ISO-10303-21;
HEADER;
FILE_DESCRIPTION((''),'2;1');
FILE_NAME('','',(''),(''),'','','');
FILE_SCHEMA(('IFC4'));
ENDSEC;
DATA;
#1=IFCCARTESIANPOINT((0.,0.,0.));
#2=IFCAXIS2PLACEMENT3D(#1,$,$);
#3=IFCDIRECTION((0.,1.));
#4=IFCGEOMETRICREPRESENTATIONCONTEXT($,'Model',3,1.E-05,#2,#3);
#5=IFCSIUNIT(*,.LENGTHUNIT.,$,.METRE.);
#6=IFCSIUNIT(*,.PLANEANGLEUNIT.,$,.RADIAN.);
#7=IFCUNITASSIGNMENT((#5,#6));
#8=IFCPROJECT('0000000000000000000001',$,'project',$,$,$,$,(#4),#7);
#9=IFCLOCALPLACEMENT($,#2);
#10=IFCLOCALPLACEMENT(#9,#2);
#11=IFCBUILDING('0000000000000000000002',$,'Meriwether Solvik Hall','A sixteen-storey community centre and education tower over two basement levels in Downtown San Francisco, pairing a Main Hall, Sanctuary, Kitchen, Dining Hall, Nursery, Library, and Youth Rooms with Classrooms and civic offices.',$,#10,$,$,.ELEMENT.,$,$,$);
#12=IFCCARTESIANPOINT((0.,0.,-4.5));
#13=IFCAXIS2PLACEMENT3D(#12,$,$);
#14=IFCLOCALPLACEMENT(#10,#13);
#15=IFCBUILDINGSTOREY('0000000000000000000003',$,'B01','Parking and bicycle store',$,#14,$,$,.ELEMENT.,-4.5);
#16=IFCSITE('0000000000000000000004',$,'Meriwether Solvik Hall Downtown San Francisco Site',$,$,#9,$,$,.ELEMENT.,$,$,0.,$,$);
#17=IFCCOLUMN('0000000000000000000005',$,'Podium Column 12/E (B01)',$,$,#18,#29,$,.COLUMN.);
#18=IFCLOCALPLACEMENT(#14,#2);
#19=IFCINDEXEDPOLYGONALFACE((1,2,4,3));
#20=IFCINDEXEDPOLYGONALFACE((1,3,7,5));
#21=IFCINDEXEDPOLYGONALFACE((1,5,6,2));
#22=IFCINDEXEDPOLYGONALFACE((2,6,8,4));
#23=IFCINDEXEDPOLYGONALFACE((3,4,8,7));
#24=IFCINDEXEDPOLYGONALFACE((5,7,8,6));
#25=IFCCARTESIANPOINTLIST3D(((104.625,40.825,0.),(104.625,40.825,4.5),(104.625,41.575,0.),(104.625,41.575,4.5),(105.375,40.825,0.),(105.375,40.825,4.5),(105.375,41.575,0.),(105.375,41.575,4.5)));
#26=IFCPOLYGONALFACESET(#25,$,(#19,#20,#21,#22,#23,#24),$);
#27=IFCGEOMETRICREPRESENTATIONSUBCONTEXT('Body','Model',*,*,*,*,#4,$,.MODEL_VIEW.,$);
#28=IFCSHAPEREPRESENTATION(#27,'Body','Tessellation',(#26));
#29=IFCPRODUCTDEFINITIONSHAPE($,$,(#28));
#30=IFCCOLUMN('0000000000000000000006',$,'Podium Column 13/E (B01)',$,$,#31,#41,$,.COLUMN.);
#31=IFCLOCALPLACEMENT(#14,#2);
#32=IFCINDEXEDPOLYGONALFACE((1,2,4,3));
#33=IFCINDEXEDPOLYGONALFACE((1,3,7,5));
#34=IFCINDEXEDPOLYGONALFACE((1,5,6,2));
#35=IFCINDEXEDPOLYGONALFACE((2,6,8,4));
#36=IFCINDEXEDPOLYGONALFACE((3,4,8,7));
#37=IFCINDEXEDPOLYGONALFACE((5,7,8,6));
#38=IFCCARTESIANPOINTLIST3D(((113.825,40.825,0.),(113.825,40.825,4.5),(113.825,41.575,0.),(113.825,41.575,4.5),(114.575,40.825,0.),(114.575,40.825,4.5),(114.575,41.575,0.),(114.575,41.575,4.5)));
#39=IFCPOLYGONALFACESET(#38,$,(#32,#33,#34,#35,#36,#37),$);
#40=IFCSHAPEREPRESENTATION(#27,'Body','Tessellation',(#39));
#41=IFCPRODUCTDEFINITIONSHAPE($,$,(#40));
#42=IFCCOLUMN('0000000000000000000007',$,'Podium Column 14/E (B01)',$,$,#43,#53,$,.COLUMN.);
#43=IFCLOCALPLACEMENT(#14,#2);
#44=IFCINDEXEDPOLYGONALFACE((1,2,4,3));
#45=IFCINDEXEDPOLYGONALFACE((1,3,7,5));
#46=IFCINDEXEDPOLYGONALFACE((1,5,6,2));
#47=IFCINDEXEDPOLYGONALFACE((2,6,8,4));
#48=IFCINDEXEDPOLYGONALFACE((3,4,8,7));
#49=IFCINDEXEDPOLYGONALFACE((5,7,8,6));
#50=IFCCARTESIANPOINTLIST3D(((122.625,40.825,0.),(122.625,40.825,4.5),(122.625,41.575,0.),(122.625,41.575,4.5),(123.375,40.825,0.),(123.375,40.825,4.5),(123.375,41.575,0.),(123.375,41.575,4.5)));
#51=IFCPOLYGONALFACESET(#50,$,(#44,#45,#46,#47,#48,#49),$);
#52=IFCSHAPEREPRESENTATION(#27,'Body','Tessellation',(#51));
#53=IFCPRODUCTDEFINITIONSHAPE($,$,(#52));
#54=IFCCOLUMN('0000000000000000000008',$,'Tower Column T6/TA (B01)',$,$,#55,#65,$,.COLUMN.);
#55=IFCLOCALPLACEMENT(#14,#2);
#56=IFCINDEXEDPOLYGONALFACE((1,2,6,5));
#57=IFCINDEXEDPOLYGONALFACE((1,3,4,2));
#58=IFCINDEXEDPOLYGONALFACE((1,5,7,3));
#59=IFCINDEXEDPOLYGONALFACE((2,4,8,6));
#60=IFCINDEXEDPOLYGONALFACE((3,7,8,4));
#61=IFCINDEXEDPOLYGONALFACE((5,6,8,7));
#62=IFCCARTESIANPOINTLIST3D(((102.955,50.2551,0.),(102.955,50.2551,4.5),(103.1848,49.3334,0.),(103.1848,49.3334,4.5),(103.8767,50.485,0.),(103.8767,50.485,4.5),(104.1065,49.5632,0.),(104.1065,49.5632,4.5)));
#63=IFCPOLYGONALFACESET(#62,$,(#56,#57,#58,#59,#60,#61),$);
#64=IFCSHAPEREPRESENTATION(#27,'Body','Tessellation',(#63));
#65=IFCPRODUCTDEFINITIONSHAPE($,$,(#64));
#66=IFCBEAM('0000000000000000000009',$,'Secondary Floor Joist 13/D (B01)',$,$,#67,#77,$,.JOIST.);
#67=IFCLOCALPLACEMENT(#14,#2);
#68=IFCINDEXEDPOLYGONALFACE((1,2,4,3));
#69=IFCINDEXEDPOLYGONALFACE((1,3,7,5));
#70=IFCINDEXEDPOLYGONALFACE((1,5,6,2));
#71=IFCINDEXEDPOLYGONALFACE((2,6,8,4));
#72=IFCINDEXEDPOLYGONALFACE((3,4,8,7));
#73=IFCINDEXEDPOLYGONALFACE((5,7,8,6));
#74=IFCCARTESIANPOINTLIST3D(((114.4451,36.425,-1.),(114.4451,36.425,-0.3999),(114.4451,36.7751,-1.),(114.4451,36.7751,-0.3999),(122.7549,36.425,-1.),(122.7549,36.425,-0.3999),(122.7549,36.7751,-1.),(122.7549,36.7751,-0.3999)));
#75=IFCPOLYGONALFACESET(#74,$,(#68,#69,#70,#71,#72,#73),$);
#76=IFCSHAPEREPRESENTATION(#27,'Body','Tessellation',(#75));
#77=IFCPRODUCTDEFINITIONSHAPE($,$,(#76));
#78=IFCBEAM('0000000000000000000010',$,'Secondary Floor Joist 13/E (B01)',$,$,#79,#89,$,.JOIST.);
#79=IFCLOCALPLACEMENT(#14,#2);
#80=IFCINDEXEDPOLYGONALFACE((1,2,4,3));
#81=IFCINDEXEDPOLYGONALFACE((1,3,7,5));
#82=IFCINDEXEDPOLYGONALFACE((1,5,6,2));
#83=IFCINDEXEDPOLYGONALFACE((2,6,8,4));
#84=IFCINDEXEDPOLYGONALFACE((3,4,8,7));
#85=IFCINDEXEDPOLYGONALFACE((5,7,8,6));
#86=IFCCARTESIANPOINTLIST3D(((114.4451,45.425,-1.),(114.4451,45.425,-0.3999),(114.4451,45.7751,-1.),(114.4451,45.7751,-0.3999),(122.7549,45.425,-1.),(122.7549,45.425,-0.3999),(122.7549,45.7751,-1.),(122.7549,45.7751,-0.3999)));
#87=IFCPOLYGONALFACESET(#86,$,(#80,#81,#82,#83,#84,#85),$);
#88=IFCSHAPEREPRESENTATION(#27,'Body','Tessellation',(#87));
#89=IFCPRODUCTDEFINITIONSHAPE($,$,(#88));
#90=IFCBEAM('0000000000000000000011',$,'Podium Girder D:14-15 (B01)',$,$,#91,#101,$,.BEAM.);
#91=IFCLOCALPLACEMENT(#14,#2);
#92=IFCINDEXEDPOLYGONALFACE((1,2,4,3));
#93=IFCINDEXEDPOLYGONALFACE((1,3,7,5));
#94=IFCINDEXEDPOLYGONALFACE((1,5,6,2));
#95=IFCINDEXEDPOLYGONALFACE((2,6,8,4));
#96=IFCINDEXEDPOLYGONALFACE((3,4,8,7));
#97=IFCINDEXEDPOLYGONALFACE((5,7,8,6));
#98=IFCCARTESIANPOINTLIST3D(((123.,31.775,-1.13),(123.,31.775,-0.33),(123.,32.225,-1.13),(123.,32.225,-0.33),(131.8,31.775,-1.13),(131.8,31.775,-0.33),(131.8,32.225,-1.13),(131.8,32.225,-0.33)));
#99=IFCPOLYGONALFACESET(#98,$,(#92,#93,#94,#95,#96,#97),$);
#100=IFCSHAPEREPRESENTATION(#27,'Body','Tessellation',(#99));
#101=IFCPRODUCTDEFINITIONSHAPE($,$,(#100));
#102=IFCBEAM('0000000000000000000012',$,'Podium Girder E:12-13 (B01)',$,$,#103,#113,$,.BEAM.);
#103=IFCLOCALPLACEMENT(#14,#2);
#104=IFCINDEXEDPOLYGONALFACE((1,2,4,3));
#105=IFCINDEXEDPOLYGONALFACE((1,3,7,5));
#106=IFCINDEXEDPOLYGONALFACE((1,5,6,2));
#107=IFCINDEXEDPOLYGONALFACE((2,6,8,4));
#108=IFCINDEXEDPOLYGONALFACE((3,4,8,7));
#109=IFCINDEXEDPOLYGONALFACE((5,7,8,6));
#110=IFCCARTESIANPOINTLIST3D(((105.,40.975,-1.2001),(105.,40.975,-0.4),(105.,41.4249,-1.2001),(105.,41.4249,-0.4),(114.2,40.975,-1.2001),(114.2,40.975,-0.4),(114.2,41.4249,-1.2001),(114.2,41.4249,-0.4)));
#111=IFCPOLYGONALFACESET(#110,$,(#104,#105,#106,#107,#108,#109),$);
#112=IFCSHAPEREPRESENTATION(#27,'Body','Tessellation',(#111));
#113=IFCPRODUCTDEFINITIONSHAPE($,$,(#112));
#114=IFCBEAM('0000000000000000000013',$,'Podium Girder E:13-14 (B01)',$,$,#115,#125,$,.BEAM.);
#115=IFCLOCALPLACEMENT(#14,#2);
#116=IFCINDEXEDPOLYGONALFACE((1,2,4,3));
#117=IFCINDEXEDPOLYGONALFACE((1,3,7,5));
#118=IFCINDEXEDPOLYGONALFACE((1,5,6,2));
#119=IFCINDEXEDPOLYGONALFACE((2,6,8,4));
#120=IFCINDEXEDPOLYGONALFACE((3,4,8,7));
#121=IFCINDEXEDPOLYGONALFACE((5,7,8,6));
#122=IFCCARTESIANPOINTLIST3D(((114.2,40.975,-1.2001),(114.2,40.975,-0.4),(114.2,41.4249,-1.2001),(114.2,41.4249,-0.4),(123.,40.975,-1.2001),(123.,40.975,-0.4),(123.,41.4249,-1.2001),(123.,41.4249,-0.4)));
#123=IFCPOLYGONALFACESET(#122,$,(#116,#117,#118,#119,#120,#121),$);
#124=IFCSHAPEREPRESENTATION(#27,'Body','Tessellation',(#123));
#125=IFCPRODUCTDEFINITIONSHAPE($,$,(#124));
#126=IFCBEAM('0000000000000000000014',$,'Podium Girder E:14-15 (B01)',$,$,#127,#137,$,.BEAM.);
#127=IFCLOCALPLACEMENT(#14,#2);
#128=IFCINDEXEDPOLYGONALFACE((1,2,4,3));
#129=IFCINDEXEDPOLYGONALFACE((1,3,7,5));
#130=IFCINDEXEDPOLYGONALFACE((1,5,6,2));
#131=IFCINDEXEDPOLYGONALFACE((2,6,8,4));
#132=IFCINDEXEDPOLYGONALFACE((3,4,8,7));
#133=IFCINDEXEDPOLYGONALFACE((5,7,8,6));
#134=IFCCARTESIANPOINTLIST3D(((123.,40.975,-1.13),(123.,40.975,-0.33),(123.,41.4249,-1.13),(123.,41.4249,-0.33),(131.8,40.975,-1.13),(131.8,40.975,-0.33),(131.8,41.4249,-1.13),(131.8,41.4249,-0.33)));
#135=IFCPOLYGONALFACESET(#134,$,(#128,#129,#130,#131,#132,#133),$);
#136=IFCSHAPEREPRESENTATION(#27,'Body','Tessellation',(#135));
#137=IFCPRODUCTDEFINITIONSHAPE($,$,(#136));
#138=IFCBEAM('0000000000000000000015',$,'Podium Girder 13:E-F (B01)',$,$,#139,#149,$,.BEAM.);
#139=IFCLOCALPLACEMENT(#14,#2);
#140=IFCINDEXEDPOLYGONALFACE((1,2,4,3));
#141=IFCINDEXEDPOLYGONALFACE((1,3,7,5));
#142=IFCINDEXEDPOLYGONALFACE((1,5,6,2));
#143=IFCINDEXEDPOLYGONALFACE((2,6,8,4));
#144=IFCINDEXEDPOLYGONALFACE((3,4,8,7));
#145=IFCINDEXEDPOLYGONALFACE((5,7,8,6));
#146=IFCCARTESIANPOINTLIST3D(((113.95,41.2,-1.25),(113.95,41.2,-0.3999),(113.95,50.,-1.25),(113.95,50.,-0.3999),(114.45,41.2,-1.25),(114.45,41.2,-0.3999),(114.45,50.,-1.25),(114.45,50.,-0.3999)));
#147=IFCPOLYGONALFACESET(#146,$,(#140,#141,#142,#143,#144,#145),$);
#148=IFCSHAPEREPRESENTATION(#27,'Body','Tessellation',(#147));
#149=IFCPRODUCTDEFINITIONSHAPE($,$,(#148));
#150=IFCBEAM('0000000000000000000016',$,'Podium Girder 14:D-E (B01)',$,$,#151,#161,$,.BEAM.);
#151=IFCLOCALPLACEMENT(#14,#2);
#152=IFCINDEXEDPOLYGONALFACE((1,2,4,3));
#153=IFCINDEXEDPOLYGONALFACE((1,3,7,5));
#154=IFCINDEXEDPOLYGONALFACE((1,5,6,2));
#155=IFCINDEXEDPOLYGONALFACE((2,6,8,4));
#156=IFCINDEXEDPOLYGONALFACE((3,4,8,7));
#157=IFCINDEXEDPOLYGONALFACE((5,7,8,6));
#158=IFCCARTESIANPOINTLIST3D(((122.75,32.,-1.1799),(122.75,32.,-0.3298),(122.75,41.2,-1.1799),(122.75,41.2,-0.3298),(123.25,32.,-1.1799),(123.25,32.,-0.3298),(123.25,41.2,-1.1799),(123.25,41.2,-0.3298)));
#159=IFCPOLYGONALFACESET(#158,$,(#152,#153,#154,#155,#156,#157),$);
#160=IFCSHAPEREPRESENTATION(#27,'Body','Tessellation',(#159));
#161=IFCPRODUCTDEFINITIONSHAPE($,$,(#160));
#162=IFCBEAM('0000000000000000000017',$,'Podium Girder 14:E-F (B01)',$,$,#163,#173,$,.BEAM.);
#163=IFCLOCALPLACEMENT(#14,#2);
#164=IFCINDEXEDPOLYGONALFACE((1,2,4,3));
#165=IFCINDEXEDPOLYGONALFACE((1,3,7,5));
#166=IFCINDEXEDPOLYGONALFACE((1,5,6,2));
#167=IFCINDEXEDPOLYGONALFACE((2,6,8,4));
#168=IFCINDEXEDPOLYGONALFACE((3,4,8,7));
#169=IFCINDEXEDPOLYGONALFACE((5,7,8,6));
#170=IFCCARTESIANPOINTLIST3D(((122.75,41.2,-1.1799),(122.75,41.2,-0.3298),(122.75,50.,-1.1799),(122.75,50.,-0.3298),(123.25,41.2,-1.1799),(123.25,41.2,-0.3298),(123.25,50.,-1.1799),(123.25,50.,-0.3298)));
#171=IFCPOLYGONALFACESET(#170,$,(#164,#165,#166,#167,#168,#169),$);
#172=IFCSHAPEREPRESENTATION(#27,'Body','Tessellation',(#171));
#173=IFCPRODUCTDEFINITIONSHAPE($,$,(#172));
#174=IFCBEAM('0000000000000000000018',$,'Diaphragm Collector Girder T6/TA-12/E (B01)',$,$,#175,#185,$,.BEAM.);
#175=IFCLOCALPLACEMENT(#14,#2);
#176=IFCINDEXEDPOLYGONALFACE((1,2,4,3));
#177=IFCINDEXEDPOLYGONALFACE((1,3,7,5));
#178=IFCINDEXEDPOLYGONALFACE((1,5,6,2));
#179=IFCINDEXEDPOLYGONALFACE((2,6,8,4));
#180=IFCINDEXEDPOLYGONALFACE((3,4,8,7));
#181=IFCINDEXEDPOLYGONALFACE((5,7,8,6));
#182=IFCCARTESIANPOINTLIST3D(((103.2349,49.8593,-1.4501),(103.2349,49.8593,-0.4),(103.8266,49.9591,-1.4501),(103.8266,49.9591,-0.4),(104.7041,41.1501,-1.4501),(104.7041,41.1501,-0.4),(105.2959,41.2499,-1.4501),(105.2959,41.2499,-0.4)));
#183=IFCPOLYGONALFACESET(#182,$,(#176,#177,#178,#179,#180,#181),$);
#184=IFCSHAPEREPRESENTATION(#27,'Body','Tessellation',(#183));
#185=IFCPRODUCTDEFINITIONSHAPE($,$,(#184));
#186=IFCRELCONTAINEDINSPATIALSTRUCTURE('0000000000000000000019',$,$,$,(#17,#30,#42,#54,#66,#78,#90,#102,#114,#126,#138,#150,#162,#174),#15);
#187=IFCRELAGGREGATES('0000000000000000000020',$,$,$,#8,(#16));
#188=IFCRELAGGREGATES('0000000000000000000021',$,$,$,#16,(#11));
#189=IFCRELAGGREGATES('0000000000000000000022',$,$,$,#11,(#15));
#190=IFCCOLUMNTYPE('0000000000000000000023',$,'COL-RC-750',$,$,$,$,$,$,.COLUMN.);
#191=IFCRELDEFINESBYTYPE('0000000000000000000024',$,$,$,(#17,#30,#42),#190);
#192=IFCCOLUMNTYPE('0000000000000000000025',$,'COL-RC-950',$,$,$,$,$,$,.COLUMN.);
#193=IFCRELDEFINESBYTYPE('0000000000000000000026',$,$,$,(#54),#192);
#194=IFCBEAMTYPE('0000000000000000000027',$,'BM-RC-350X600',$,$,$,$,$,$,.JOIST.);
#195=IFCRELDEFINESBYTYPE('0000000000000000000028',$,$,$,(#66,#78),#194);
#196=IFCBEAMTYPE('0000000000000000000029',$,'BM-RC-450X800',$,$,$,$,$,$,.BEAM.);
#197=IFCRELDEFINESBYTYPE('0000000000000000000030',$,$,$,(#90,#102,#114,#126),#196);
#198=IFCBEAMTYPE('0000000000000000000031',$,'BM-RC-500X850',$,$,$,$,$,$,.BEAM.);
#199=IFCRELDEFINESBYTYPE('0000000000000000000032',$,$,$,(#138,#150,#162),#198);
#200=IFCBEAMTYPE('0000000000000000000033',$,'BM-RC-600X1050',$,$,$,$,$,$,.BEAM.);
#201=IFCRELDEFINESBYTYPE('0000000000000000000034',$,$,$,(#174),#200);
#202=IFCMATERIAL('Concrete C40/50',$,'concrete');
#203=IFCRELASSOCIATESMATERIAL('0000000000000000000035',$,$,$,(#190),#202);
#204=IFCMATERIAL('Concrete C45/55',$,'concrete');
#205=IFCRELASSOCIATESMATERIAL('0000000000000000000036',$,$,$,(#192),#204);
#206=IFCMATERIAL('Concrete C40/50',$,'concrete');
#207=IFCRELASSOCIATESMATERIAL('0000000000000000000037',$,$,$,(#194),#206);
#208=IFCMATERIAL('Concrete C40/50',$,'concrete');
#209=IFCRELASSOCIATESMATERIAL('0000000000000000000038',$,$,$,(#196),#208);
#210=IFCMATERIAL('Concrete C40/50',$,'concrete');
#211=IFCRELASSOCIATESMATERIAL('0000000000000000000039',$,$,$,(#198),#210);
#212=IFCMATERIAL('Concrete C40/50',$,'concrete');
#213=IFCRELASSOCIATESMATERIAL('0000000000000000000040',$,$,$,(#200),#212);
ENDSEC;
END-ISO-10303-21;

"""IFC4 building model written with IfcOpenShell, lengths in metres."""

from ifc_helpers import new_model, si_unit, direction, frame, origin, origin_2d, place, context, subcontext, project, spatial, rectangle, extrude, material, material_profile, profile_set, type_object, element, save


model = new_model("IFC4")

# Units and contexts
model_context = context("Model", 3, precision=1e-05, world=origin(), true_north=direction((0.0, 1.0)))
body_context = subcontext(model_context, "Body", "Model", "MODEL_VIEW")
ifc_project = project(units=[si_unit("LENGTHUNIT", "METRE"), si_unit("PLANEANGLEUNIT", "RADIAN")], contexts=[model_context])

# Site, building, storey
site_placement = place(None, origin())
site = spatial("IfcSite", under=ifc_project, at=site_placement, Name="Meriwether Solvik Hall Downtown San Francisco Site", CompositionType="ELEMENT", RefElevation=0.0)
building_placement = place(site_placement, origin())
building = spatial("IfcBuilding", under=site, at=building_placement, Name="Meriwether Solvik Hall", Description="A sixteen-storey community centre and education tower over two basement levels in Downtown San Francisco, pairing a Main Hall, Sanctuary, Kitchen, Dining Hall, Nursery, Library, and Youth Rooms with Classrooms and civic offices.", CompositionType="ELEMENT")
storey_placement = place(building_placement, frame((0.0, 0.0, -4.5)))
storey = spatial("IfcBuildingStorey", under=building, at=storey_placement, Name="B01", Description="Parking and bicycle store", CompositionType="ELEMENT", Elevation=-4.5)

# Columns
ifc_material_1 = material(Name="Concrete C40/50", Category="concrete")
ifc_material_profile_1 = material_profile(ifc_material_1, rectangle(XDim=0.75, YDim=0.75, at=origin_2d()), Name="RCC-750X750")
ifc_profile_set_1 = profile_set([ifc_material_profile_1], Name="Concrete C40/50")
column_type_1 = type_object("IfcColumnType", Name="COL-RC-750", PredefinedType="COLUMN", material=ifc_profile_set_1)
for number, where, z_axis, x_axis, name in (
    (1, (105.0, 41.2, 0.0), (0.0, 0.0, 1.0), (1.0, 0.0, 0.0), "Podium Column 12/E (B01)"),
    (2, (114.2, 41.2, 0.0), (0.0, 0.0, 1.0), (1.0, 0.0, 0.0), "Podium Column 13/E (B01)"),
    (3, (123.0, 41.2, 0.0), (0.0, 0.0, 1.0), (1.0, 0.0, 0.0), "Podium Column 14/E (B01)"),
):
    element("IfcColumn", number, at=place(storey_placement, frame(where, z_axis=z_axis, x_axis=x_axis)), inside=storey, type_object=column_type_1, Name=name, PredefinedType="COLUMN", context=body_context, shape_type="SweptSolid", body=[
        extrude(rectangle(XDim=0.75, YDim=0.75, at=origin_2d()), origin(), (0.0, 0.0, 1.0), 4.5),
    ])
ifc_material_2 = material(Name="Concrete C45/55", Category="concrete")
ifc_material_profile_2 = material_profile(ifc_material_2, rectangle(XDim=0.95, YDim=0.95, at=origin_2d()), Name="RCC-950X950")
ifc_profile_set_2 = profile_set([ifc_material_profile_2], Name="Concrete C45/55")
column_type_2 = type_object("IfcColumnType", Name="COL-RC-950", PredefinedType="COLUMN", material=ifc_profile_set_2)
column_placement = place(storey_placement, frame((103.5308, 49.9092, 0.0), z_axis=(0.0, 0.0, 1.0), x_axis=(0.970296, 0.241922, 0.0)))
element("IfcColumn", 4, at=column_placement, inside=storey, type_object=column_type_2, Name="Tower Column T6/TA (B01)", PredefinedType="COLUMN", context=body_context, shape_type="SweptSolid", body=[
    extrude(rectangle(XDim=0.95, YDim=0.95, at=origin_2d()), origin(), (0.0, 0.0, 1.0), 4.5),
])

# Beams
ifc_material_3 = material(Name="Concrete C40/50", Category="concrete")
ifc_material_profile_3 = material_profile(ifc_material_3, rectangle(XDim=0.3501, YDim=0.6001, at=origin_2d()), Name="RCB-350X600")
ifc_profile_set_3 = profile_set([ifc_material_profile_3], Name="Concrete C40/50")
beam_type_1 = type_object("IfcBeamType", Name="BM-RC-350X600", PredefinedType="JOIST", material=ifc_profile_set_3)
for number, where, z_axis, x_axis, name in (
    (5, (114.4451, 36.6001, -0.7), (1.0, 0.0, 0.0), (0.0, 1.0, 0.0), "Secondary Floor Joist 13/D (B01)"),
    (6, (114.4451, 45.6001, -0.7), (1.0, 0.0, 0.0), (0.0, 1.0, 0.0), "Secondary Floor Joist 13/E (B01)"),
):
    element("IfcBeam", number, at=place(storey_placement, frame(where, z_axis=z_axis, x_axis=x_axis)), inside=storey, type_object=beam_type_1, Name=name, PredefinedType="JOIST", context=body_context, shape_type="SweptSolid", body=[
        extrude(rectangle(XDim=0.3501, YDim=0.6001, at=origin_2d()), origin(), (0.0, 0.0, 1.0), 8.3098),
    ])
ifc_material_4 = material(Name="Concrete C40/50", Category="concrete")
ifc_material_profile_4 = material_profile(ifc_material_4, rectangle(XDim=0.45, YDim=0.8, at=origin_2d()), Name="RCB-450X800")
ifc_profile_set_4 = profile_set([ifc_material_profile_4], Name="Concrete C40/50")
beam_type_2 = type_object("IfcBeamType", Name="BM-RC-450X800", PredefinedType="BEAM", material=ifc_profile_set_4)
beam_1_placement = place(storey_placement, frame((123.0, 32.0, -0.73), z_axis=(1.0, 0.0, 0.0), x_axis=(0.0, 1.0, 0.0)))
element("IfcBeam", 7, at=beam_1_placement, inside=storey, type_object=beam_type_2, Name="Podium Girder D:14-15 (B01)", PredefinedType="BEAM", context=body_context, shape_type="SweptSolid", body=[
    extrude(rectangle(XDim=0.45, YDim=0.8, at=origin_2d()), origin(), (0.0, 0.0, 1.0), 8.8),
])
beam_2_placement = place(storey_placement, frame((105.0, 41.2, -0.8), z_axis=(1.0, 0.0, 0.0), x_axis=(0.0, 1.0, 0.0)))
element("IfcBeam", 8, at=beam_2_placement, inside=storey, type_object=beam_type_2, Name="Podium Girder E:12-13 (B01)", PredefinedType="BEAM", context=body_context, shape_type="SweptSolid", body=[
    extrude(rectangle(XDim=0.45, YDim=0.8, at=origin_2d()), origin(), (0.0, 0.0, 1.0), 9.2),
])
for number, where, z_axis, x_axis, name in (
    (9, (114.2, 41.2, -0.8), (1.0, 0.0, 0.0), (0.0, 1.0, 0.0), "Podium Girder E:13-14 (B01)"),
    (10, (123.0, 41.2, -0.73), (1.0, 0.0, 0.0), (0.0, 1.0, 0.0), "Podium Girder E:14-15 (B01)"),
):
    element("IfcBeam", number, at=place(storey_placement, frame(where, z_axis=z_axis, x_axis=x_axis)), inside=storey, type_object=beam_type_2, Name=name, PredefinedType="BEAM", context=body_context, shape_type="SweptSolid", body=[
        extrude(rectangle(XDim=0.45, YDim=0.8, at=origin_2d()), origin(), (0.0, 0.0, 1.0), 8.8),
    ])
ifc_material_5 = material(Name="Concrete C40/50", Category="concrete")
ifc_material_profile_5 = material_profile(ifc_material_5, rectangle(XDim=0.5, YDim=0.8501, at=origin_2d()), Name="RCB-500X850")
ifc_profile_set_5 = profile_set([ifc_material_profile_5], Name="Concrete C40/50")
beam_type_3 = type_object("IfcBeamType", Name="BM-RC-500X850", PredefinedType="BEAM", material=ifc_profile_set_5)
beam_3_placement = place(storey_placement, frame((114.2, 41.2, -0.825), z_axis=(0.0, 1.0, 0.0), x_axis=(-1.0, 0.0, 0.0)))
element("IfcBeam", 11, at=beam_3_placement, inside=storey, type_object=beam_type_3, Name="Podium Girder 13:E-F (B01)", PredefinedType="BEAM", context=body_context, shape_type="SweptSolid", body=[
    extrude(rectangle(XDim=0.5, YDim=0.8501, at=origin_2d()), origin(), (0.0, 0.0, 1.0), 8.8),
])
beam_4_placement = place(storey_placement, frame((123.0, 32.0, -0.7549), z_axis=(0.0, 1.0, 0.0), x_axis=(-1.0, 0.0, 0.0)))
element("IfcBeam", 12, at=beam_4_placement, inside=storey, type_object=beam_type_3, Name="Podium Girder 14:D-E (B01)", PredefinedType="BEAM", context=body_context, shape_type="SweptSolid", body=[
    extrude(rectangle(XDim=0.5, YDim=0.8501, at=origin_2d()), origin(), (0.0, 0.0, 1.0), 9.2),
])
beam_5_placement = place(storey_placement, frame((123.0, 41.2, -0.7549), z_axis=(0.0, 1.0, 0.0), x_axis=(-1.0, 0.0, 0.0)))
element("IfcBeam", 13, at=beam_5_placement, inside=storey, type_object=beam_type_3, Name="Podium Girder 14:E-F (B01)", PredefinedType="BEAM", context=body_context, shape_type="SweptSolid", body=[
    extrude(rectangle(XDim=0.5, YDim=0.8501, at=origin_2d()), origin(), (0.0, 0.0, 1.0), 8.8),
])
ifc_material_6 = material(Name="Concrete C40/50", Category="concrete")
ifc_material_profile_6 = material_profile(ifc_material_6, rectangle(XDim=0.6001, YDim=1.05, at=origin_2d()), Name="RCB-600X1050")
ifc_profile_set_6 = profile_set([ifc_material_profile_6], Name="Concrete C40/50")
beam_type_4 = type_object("IfcBeamType", Name="BM-RC-600X1050", PredefinedType="BEAM", material=ifc_profile_set_6)
beam_6_placement = place(storey_placement, frame((103.5308, 49.9092, -0.925), z_axis=(0.166349, -0.986067, 0.0), x_axis=(0.986067, 0.166349, 0.0)))
element("IfcBeam", 14, at=beam_6_placement, inside=storey, type_object=beam_type_4, Name="Diaphragm Collector Girder T6/TA-12/E (B01)", PredefinedType="BEAM", context=body_context, shape_type="SweptSolid", body=[
    extrude(rectangle(XDim=0.6001, YDim=1.05, at=origin_2d()), origin(), (0.0, 0.0, 1.0), 8.8323),
])

save(model, "model.ifc")
